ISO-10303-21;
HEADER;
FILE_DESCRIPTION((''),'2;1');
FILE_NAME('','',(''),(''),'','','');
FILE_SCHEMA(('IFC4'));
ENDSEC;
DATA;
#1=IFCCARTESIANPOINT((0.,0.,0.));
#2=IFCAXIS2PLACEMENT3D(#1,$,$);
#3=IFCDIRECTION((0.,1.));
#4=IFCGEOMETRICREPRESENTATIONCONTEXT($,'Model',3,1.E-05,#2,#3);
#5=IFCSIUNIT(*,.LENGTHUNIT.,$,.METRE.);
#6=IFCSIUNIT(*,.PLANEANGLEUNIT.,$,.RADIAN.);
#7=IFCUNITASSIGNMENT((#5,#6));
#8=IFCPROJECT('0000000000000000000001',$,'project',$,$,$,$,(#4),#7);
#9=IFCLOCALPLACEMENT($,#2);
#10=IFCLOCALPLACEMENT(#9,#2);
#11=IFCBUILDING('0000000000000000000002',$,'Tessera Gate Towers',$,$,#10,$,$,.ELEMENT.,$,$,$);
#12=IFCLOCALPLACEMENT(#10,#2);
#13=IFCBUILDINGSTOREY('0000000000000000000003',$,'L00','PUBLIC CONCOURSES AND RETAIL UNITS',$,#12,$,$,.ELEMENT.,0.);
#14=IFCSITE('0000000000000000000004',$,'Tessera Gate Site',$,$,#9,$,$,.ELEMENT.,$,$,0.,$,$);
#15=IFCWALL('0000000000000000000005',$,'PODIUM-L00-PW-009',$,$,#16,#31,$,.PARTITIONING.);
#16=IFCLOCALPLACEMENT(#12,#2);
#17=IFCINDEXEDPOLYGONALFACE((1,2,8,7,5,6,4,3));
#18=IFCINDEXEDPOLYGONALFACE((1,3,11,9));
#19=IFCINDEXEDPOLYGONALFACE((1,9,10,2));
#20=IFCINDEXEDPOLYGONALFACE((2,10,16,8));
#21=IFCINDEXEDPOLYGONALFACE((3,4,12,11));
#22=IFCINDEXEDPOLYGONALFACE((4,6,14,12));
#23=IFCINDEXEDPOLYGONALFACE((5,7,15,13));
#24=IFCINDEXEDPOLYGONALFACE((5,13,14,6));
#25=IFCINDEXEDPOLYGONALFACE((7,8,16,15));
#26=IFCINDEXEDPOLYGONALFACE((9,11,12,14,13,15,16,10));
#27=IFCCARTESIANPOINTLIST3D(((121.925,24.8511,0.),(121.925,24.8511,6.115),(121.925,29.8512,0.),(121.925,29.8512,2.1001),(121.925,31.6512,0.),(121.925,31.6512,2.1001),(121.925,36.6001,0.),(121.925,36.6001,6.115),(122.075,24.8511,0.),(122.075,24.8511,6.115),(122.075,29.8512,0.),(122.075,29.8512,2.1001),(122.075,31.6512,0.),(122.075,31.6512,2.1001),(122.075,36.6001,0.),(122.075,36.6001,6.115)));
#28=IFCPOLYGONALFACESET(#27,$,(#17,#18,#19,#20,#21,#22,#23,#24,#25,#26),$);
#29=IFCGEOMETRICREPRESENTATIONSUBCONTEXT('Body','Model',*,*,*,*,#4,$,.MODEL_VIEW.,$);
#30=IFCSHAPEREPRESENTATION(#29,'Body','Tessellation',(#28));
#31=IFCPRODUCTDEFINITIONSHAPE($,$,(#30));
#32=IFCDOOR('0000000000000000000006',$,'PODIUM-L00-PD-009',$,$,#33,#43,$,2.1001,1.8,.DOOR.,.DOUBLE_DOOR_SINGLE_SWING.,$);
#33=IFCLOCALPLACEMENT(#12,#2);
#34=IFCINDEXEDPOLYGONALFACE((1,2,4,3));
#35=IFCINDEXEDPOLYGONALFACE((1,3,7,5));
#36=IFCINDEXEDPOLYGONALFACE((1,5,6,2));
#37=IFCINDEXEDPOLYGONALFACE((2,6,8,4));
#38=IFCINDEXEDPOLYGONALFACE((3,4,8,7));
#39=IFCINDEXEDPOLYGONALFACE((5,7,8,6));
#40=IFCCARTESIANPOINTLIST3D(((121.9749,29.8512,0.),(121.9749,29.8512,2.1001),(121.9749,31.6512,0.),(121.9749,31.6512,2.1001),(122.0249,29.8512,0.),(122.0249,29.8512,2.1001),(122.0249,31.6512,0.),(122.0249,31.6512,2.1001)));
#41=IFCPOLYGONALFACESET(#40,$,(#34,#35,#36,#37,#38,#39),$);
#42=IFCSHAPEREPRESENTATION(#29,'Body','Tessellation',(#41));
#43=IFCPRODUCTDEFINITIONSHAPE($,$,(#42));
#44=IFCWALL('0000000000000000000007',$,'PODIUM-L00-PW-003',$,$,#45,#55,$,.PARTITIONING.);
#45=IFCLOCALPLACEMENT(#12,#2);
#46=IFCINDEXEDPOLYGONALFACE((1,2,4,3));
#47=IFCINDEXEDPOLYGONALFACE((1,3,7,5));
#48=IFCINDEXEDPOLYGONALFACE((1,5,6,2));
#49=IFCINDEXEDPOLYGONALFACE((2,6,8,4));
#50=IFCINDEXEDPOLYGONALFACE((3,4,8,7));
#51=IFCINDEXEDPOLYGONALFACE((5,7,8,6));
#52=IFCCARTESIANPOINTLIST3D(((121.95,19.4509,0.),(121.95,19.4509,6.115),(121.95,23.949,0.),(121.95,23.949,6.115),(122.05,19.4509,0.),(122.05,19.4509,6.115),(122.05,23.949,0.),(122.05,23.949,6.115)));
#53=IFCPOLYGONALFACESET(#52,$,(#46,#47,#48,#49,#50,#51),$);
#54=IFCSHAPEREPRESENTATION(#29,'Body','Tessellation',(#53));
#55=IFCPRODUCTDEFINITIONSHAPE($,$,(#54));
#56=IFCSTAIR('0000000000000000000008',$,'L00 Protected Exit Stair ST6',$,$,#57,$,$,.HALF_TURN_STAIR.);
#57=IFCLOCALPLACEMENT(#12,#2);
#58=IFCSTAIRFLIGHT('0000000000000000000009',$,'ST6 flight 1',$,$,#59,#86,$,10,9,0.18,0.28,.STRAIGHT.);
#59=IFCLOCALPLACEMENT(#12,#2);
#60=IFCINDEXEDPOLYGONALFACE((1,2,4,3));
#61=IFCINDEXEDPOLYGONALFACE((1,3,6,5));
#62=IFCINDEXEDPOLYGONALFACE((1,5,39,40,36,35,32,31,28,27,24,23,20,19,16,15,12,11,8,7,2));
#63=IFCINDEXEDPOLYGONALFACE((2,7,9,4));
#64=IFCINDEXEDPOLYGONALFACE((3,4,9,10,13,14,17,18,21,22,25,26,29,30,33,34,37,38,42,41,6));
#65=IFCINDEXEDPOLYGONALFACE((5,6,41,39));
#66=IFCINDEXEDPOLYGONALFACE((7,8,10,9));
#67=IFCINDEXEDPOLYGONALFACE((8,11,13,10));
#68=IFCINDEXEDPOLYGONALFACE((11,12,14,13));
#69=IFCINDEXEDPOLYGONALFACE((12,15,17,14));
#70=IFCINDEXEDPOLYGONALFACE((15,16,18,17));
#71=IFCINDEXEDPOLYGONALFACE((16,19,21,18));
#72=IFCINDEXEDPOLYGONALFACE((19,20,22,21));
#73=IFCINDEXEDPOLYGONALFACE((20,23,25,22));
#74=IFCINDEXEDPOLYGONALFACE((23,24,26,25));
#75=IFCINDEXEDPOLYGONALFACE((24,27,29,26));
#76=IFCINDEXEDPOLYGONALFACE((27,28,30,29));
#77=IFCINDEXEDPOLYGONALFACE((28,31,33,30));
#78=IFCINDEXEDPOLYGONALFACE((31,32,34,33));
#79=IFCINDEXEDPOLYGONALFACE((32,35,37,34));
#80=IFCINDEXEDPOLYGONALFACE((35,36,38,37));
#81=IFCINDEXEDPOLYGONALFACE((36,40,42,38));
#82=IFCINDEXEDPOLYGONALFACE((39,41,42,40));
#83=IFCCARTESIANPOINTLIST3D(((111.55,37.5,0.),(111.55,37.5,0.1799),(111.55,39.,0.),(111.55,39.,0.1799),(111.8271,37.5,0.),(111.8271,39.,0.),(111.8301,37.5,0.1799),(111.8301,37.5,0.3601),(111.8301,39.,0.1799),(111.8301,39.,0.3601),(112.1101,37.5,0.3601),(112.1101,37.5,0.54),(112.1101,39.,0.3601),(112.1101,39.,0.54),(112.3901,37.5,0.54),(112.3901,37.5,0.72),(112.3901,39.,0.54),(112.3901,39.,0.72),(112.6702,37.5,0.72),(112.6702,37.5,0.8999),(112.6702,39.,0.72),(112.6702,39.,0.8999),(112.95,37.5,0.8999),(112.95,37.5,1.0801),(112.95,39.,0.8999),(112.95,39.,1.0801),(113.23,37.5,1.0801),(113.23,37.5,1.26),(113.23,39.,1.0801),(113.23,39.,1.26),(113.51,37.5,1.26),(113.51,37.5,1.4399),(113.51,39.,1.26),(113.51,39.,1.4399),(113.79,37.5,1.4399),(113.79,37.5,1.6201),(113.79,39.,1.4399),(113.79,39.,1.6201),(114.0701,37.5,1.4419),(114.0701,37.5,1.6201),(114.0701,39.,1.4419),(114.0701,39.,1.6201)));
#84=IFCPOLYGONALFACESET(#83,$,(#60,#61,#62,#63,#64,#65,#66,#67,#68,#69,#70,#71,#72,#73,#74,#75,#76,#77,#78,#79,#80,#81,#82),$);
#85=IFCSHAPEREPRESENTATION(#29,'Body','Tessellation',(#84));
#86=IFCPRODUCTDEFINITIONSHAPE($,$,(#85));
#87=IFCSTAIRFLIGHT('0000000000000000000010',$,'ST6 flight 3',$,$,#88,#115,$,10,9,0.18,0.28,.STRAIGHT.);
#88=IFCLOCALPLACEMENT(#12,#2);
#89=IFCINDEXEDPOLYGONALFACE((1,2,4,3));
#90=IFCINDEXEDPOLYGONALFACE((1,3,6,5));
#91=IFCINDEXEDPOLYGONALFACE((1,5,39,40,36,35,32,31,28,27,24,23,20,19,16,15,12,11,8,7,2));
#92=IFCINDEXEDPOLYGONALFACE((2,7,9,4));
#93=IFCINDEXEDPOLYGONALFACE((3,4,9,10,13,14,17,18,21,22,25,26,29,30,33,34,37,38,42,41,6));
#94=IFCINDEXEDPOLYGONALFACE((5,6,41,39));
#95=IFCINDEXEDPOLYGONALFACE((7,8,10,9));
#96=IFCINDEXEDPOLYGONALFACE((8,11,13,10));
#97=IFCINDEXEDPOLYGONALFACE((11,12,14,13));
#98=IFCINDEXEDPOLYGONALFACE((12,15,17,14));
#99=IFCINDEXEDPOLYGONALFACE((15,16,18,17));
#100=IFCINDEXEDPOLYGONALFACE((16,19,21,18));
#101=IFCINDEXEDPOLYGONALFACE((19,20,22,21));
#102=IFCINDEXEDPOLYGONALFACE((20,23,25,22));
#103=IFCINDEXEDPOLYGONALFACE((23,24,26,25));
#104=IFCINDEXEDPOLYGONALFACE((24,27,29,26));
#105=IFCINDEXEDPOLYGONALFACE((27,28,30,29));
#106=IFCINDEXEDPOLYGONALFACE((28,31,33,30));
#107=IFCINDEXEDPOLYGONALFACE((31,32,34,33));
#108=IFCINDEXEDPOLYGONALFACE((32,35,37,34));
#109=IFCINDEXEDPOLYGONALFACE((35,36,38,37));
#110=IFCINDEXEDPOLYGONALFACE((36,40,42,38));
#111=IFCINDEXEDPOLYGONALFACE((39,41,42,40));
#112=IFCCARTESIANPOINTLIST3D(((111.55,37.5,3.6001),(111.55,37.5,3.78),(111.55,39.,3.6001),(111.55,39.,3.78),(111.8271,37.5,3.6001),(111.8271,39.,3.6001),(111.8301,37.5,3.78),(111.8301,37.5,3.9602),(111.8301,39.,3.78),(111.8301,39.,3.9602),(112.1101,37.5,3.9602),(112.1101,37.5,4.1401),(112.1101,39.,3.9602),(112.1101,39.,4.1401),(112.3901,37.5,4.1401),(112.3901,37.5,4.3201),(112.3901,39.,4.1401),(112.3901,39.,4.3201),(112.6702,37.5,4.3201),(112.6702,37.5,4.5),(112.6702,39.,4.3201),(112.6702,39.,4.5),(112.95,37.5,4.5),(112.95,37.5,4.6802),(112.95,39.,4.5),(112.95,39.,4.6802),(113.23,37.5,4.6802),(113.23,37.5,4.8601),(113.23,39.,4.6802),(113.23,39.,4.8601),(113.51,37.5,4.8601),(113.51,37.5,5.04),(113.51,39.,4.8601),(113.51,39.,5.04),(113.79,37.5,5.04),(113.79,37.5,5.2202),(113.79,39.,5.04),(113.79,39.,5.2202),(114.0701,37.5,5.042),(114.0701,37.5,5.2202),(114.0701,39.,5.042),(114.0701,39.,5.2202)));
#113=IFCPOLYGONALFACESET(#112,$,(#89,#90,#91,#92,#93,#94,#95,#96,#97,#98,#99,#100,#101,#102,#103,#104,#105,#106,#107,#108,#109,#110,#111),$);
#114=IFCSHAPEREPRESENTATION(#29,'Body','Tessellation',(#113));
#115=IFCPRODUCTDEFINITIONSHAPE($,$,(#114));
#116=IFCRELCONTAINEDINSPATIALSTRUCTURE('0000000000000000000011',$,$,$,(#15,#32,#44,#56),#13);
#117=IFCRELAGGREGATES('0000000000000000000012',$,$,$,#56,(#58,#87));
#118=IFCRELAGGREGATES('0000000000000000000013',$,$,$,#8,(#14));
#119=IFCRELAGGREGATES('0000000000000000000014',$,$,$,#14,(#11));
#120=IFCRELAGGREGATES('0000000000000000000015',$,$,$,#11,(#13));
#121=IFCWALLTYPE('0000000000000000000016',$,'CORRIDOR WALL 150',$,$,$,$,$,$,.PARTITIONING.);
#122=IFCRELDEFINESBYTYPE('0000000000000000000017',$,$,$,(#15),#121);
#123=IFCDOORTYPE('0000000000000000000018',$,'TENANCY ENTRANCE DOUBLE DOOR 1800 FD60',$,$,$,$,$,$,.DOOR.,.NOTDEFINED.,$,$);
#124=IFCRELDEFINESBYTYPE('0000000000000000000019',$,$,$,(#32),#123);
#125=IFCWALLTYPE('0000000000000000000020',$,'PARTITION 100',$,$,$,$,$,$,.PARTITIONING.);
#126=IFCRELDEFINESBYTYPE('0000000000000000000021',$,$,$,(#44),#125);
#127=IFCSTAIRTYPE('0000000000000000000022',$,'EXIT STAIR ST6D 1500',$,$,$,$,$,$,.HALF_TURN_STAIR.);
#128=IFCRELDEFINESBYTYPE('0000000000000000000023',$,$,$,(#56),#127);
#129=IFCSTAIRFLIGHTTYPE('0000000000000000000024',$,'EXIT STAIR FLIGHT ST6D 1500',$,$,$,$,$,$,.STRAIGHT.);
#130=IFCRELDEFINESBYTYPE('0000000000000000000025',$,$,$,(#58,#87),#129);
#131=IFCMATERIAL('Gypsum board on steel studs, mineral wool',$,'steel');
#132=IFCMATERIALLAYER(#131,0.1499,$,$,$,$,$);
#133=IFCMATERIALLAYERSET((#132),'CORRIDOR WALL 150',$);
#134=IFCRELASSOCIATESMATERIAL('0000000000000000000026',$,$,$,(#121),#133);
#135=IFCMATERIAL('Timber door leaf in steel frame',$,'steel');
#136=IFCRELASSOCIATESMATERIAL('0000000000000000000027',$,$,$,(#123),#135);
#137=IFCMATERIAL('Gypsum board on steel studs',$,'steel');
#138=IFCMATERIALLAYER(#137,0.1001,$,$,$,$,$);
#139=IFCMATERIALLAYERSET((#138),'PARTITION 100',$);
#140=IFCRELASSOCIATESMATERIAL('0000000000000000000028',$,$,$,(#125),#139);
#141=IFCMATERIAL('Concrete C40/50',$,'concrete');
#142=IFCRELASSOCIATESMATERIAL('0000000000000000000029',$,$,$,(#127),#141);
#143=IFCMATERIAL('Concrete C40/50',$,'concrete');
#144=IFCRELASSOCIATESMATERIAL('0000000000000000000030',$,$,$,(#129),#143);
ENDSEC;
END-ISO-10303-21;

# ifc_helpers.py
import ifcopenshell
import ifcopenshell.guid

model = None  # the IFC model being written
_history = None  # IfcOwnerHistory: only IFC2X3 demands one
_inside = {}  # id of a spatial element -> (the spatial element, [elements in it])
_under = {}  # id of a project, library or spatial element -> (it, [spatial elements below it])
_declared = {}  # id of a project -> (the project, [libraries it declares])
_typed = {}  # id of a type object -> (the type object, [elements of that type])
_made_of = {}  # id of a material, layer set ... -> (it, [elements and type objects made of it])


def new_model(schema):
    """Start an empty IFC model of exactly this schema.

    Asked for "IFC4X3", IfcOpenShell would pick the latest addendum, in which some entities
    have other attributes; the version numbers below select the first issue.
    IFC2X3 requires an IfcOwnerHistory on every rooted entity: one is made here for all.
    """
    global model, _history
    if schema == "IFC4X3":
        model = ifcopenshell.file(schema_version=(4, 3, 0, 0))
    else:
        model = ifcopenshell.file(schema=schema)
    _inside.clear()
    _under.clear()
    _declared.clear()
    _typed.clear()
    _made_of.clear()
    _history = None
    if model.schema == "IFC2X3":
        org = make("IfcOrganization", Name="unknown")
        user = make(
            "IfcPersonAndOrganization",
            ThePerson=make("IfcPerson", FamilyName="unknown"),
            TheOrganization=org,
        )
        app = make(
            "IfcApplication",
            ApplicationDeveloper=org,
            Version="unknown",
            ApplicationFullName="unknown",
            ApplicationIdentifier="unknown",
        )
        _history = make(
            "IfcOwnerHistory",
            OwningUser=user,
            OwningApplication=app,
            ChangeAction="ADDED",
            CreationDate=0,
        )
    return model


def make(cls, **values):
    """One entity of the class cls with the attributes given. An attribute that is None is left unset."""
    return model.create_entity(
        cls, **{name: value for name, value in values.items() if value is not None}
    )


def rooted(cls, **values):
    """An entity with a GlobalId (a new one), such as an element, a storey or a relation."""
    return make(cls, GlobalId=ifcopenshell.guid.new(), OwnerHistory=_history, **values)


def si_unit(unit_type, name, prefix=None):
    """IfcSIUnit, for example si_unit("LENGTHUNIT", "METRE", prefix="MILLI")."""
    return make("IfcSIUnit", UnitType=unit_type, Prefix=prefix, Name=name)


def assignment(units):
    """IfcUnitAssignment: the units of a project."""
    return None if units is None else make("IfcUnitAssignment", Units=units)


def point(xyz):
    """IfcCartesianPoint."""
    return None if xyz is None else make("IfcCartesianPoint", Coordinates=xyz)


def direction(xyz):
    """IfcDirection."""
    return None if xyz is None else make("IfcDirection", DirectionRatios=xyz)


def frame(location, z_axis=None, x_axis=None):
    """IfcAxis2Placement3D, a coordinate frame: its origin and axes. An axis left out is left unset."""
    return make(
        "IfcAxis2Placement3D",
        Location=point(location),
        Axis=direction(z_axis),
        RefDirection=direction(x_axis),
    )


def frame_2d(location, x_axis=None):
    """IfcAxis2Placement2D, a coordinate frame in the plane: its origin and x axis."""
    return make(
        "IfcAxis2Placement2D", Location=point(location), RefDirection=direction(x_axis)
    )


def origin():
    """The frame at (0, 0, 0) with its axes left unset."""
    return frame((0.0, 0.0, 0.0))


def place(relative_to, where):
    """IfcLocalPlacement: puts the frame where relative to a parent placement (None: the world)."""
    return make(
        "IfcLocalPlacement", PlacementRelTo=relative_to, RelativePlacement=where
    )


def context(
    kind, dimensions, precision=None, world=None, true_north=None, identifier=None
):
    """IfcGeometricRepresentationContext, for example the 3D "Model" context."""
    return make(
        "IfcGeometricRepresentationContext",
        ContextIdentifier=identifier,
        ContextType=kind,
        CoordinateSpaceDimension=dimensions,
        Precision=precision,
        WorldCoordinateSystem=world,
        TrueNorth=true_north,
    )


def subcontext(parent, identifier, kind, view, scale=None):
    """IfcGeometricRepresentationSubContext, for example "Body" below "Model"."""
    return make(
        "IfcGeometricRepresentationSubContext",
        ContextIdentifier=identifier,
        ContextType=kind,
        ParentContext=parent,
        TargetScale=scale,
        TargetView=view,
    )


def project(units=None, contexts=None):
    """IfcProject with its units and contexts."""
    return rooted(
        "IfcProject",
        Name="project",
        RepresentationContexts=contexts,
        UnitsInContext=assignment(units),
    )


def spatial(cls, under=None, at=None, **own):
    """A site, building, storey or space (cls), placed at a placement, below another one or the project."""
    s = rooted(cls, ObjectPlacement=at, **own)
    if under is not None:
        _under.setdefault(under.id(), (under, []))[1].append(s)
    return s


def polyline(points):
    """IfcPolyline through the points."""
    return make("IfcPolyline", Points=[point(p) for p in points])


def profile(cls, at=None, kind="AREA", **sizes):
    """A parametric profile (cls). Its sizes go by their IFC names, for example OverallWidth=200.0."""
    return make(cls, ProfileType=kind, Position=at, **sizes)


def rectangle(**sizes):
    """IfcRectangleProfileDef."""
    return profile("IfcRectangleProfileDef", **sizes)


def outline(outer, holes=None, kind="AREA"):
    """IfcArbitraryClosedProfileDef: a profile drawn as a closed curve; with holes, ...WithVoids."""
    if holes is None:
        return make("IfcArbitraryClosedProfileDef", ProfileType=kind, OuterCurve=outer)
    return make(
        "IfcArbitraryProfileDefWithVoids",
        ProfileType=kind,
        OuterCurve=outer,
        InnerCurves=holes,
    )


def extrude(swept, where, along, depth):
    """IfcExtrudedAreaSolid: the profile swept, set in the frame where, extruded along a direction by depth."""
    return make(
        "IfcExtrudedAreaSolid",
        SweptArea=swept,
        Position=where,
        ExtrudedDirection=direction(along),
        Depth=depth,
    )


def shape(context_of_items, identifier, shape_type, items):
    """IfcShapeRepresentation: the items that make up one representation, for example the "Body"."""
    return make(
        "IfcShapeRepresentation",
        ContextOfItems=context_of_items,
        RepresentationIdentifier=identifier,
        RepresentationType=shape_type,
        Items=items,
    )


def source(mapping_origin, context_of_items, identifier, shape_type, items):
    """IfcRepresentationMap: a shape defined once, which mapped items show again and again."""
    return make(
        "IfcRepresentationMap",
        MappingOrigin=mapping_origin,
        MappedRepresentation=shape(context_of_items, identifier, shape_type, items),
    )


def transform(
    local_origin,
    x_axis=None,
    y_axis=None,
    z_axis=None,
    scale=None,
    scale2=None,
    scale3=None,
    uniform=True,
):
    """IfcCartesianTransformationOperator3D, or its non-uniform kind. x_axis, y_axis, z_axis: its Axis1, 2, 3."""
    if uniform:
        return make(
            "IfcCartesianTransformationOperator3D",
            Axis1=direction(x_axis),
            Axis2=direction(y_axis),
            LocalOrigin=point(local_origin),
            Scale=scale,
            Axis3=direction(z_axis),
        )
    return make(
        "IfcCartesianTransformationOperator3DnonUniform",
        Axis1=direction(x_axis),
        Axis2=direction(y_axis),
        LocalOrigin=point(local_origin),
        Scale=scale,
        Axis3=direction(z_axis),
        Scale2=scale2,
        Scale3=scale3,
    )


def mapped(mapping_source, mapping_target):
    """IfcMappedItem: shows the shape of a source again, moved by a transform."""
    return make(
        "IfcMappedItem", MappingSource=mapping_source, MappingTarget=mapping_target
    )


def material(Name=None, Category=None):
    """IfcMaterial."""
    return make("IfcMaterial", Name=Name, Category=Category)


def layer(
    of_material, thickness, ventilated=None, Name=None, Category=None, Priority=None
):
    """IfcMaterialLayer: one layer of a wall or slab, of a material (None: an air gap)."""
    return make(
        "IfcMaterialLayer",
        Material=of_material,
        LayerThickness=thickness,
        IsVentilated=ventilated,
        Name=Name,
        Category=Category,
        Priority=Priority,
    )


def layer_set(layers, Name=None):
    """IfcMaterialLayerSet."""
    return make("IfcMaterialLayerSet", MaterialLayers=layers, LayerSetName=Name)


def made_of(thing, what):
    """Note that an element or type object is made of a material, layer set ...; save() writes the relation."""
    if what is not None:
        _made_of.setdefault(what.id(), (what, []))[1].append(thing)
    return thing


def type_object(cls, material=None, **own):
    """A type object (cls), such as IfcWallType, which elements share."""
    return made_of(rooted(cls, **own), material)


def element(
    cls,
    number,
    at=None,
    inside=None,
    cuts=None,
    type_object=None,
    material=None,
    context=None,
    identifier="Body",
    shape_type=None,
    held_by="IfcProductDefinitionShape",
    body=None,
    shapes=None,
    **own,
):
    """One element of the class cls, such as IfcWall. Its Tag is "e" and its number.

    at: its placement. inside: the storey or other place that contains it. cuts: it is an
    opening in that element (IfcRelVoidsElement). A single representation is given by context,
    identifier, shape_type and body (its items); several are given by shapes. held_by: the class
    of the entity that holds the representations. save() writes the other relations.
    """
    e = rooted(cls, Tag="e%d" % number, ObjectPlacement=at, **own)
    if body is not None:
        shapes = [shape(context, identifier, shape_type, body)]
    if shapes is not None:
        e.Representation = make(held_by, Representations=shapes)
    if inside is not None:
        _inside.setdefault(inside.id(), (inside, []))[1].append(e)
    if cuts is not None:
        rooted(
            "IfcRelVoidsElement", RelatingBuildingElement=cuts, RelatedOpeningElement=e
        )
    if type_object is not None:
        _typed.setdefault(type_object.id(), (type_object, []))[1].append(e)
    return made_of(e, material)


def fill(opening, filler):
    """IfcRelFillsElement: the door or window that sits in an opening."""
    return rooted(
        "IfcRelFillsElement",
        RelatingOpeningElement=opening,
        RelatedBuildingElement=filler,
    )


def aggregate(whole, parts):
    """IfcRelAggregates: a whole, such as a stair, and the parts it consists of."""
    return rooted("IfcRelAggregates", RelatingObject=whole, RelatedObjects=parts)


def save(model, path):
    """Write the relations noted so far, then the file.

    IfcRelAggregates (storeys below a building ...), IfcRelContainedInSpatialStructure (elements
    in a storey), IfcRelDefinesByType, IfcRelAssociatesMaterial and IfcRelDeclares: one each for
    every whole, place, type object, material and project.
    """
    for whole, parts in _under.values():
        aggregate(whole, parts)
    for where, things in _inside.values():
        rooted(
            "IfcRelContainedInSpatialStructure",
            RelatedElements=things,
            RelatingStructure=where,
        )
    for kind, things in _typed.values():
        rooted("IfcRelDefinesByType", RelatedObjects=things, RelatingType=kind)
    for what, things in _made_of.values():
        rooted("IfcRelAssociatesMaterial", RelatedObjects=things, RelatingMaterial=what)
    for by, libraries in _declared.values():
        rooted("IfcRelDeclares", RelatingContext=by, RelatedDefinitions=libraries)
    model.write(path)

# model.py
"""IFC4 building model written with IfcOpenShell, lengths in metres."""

from ifc_helpers import new_model, si_unit, direction, frame, frame_2d, origin, place, context, subcontext, project, spatial, polyline, rectangle, outline, extrude, source, transform, mapped, material, layer, layer_set, type_object, element, fill, aggregate, save


model = new_model("IFC4")

# Units and contexts
model_context = context("Model", 3, precision=1e-05, world=origin(), true_north=direction((0.0, 1.0)))
body_context = subcontext(model_context, "Body", "Model", "MODEL_VIEW")
ifc_project = project(units=[si_unit("LENGTHUNIT", "METRE"), si_unit("PLANEANGLEUNIT", "RADIAN")], contexts=[model_context])

# Site, building, storey
site_placement = place(None, origin())
site = spatial("IfcSite", under=ifc_project, at=site_placement, Name="Tessera Gate Site", CompositionType="ELEMENT", RefElevation=0.0)
building_placement = place(site_placement, origin())
building = spatial("IfcBuilding", under=site, at=building_placement, Name="Tessera Gate Towers", CompositionType="ELEMENT")
storey_placement = place(building_placement, origin())
storey = spatial("IfcBuildingStorey", under=building, at=storey_placement, Name="L00", Description="PUBLIC CONCOURSES AND RETAIL UNITS", CompositionType="ELEMENT", Elevation=0.0)

# Shared definitions
ifc_material_1 = material(Name="Gypsum board on steel studs, mineral wool", Category="steel")
ifc_layer_1 = layer(ifc_material_1, 0.1499)
ifc_layer_set_1 = layer_set([ifc_layer_1], Name="CORRIDOR WALL 150")
wall_type_1 = type_object("IfcWallType", Name="CORRIDOR WALL 150", PredefinedType="PARTITIONING", material=ifc_layer_set_1)
shared_shape_1 = source(origin(), body_context, "Body", "SweptSolid", [
    extrude(rectangle(XDim=1.8, YDim=2.1001, at=frame_2d((0.8999, 1.05))), frame((0.0, 0.085, 0.0), z_axis=(0.0, -1.0, 0.0), x_axis=(1.0, 0.0, 0.0)), (0.0, 0.0, 1.0), 0.1699),
])
ifc_material_2 = material(Name="Timber door leaf in steel frame", Category="steel")
door_type = type_object("IfcDoorType", Name="TENANCY ENTRANCE DOUBLE DOOR 1800 FD60", OperationType="NOTDEFINED", PredefinedType="DOOR", material=ifc_material_2)
shared_shape_2 = source(origin(), body_context, "Body", "SweptSolid", [
    extrude(rectangle(XDim=1.8, YDim=2.1001, at=frame_2d((0.8999, 1.05))), frame((0.0, 0.0249, 0.0), z_axis=(0.0, -1.0, 0.0), x_axis=(1.0, 0.0, 0.0)), (0.0, 0.0, 1.0), 0.05),
])

# Wall, opening, door
wall_1_placement = place(storey_placement, frame((122.0, 36.6001, 0.0), z_axis=(0.0, 0.0, 1.0), x_axis=(0.0, -1.0, 0.0)))
wall_1 = element("IfcWall", 1, at=wall_1_placement, inside=storey, type_object=wall_type_1, Name="PODIUM-L00-PW-009", PredefinedType="PARTITIONING", context=body_context, shape_type="SweptSolid", body=[
    extrude(rectangle(XDim=11.749, YDim=0.1499, at=frame_2d((5.8745, 0.0))), origin(), (0.0, 0.0, 1.0), 6.115),
])
opening_1_placement = place(wall_1_placement, frame((4.949, 0.0, 0.0)))
opening_1 = element("IfcOpeningElement", 2, at=opening_1_placement, cuts=wall_1, PredefinedType="OPENING", context=body_context, shape_type="MappedRepresentation", body=[
    mapped(shared_shape_1, transform((0.0, 0.0, 0.0), scale=1.0)),
])
door_1_placement = place(opening_1_placement, origin())
door_1 = element("IfcDoor", 3, at=door_1_placement, inside=storey, type_object=door_type, Name="PODIUM-L00-PD-009", OperationType="DOUBLE_DOOR_SINGLE_SWING", OverallHeight=2.1001, OverallWidth=1.8, PredefinedType="DOOR", context=body_context, shape_type="MappedRepresentation", body=[
    mapped(shared_shape_2, transform((0.0, 0.0, 0.0), scale=1.0)),
])
fill(opening_1, door_1)

# Wall
ifc_material_3 = material(Name="Gypsum board on steel studs", Category="steel")
ifc_layer_2 = layer(ifc_material_3, 0.1001)
ifc_layer_set_2 = layer_set([ifc_layer_2], Name="PARTITION 100")
wall_type_2 = type_object("IfcWallType", Name="PARTITION 100", PredefinedType="PARTITIONING", material=ifc_layer_set_2)
wall_2_placement = place(storey_placement, frame((122.0, 19.4509, 0.0), z_axis=(0.0, 0.0, 1.0), x_axis=(0.0, 1.0, 0.0)))
element("IfcWall", 4, at=wall_2_placement, inside=storey, type_object=wall_type_2, Name="PODIUM-L00-PW-003", PredefinedType="PARTITIONING", context=body_context, shape_type="SweptSolid", body=[
    extrude(rectangle(XDim=4.498, YDim=0.1001, at=frame_2d((2.249, 0.0))), origin(), (0.0, 0.0, 1.0), 6.115),
])

# Stair, stair flights
ifc_material_4 = material(Name="Concrete C40/50", Category="concrete")
stair_type = type_object("IfcStairType", Name="EXIT STAIR ST6D 1500", PredefinedType="HALF_TURN_STAIR", material=ifc_material_4)
stair_placement = place(storey_placement, origin())
stair = element("IfcStair", 5, at=stair_placement, inside=storey, type_object=stair_type, Name="L00 Protected Exit Stair ST6", PredefinedType="HALF_TURN_STAIR")
ifc_material_5 = material(Name="Concrete C40/50", Category="concrete")
stair_flight_type = type_object("IfcStairFlightType", Name="EXIT STAIR FLIGHT ST6D 1500", PredefinedType="STRAIGHT", material=ifc_material_5)
stair_flight_1_placement = place(storey_placement, frame((111.55, 38.25, 0.0), z_axis=(0.0, 0.0, 1.0), x_axis=(1.0, 0.0, 0.0)))
stair_flight_1 = element("IfcStairFlight", 6, at=stair_flight_1_placement, type_object=stair_flight_type, Name="ST6 flight 1", NumberOfRisers=10, NumberOfTreads=9, PredefinedType="STRAIGHT", RiserHeight=0.18, TreadLength=0.28, context=body_context, shape_type="SweptSolid", body=[
    extrude(outline(polyline([(0.0, 0.0), (0.0, 0.1799), (0.28, 0.1799), (0.28, 0.3601), (0.5601, 0.3601), (0.5601, 0.54), (0.8401, 0.54), (0.8401, 0.72), (1.1201, 0.72), (1.1201, 0.8999), (1.3999, 0.8999), (1.3999, 1.0801), (1.6799, 1.0801), (1.6799, 1.26), (1.96, 1.26), (1.96, 1.4399), (2.24, 1.4399), (2.24, 1.6201), (2.52, 1.6201), (2.52, 1.8), (2.52, 1.4419), (0.2771, 0.0), (0.0, 0.0)])), frame((0.0, 0.75, 0.0), z_axis=(0.0, -1.0, 0.0), x_axis=(1.0, 0.0, 0.0)), (0.0, 0.0, 1.0), 1.5),
])
stair_flight_2_placement = place(storey_placement, frame((111.55, 38.25, 3.6001), z_axis=(0.0, 0.0, 1.0), x_axis=(1.0, 0.0, 0.0)))
stair_flight_2 = element("IfcStairFlight", 7, at=stair_flight_2_placement, type_object=stair_flight_type, Name="ST6 flight 3", NumberOfRisers=10, NumberOfTreads=9, PredefinedType="STRAIGHT", RiserHeight=0.18, TreadLength=0.28, context=body_context, shape_type="SweptSolid", body=[
    extrude(outline(polyline([(0.0, 0.0), (0.0, 0.1799), (0.28, 0.1799), (0.28, 0.3601), (0.5601, 0.3601), (0.5601, 0.54), (0.8401, 0.54), (0.8401, 0.72), (1.1201, 0.72), (1.1201, 0.8999), (1.3999, 0.8999), (1.3999, 1.0801), (1.6799, 1.0801), (1.6799, 1.26), (1.96, 1.26), (1.96, 1.4399), (2.24, 1.4399), (2.24, 1.6201), (2.52, 1.6201), (2.52, 1.8), (2.52, 1.4419), (0.2771, 0.0), (0.0, 0.0)])), frame((0.0, 0.75, 0.0), z_axis=(0.0, -1.0, 0.0), x_axis=(1.0, 0.0, 0.0)), (0.0, 0.0, 1.0), 1.5),
])
aggregate(stair, [stair_flight_1, stair_flight_2])

save(model, "model.ifc")
